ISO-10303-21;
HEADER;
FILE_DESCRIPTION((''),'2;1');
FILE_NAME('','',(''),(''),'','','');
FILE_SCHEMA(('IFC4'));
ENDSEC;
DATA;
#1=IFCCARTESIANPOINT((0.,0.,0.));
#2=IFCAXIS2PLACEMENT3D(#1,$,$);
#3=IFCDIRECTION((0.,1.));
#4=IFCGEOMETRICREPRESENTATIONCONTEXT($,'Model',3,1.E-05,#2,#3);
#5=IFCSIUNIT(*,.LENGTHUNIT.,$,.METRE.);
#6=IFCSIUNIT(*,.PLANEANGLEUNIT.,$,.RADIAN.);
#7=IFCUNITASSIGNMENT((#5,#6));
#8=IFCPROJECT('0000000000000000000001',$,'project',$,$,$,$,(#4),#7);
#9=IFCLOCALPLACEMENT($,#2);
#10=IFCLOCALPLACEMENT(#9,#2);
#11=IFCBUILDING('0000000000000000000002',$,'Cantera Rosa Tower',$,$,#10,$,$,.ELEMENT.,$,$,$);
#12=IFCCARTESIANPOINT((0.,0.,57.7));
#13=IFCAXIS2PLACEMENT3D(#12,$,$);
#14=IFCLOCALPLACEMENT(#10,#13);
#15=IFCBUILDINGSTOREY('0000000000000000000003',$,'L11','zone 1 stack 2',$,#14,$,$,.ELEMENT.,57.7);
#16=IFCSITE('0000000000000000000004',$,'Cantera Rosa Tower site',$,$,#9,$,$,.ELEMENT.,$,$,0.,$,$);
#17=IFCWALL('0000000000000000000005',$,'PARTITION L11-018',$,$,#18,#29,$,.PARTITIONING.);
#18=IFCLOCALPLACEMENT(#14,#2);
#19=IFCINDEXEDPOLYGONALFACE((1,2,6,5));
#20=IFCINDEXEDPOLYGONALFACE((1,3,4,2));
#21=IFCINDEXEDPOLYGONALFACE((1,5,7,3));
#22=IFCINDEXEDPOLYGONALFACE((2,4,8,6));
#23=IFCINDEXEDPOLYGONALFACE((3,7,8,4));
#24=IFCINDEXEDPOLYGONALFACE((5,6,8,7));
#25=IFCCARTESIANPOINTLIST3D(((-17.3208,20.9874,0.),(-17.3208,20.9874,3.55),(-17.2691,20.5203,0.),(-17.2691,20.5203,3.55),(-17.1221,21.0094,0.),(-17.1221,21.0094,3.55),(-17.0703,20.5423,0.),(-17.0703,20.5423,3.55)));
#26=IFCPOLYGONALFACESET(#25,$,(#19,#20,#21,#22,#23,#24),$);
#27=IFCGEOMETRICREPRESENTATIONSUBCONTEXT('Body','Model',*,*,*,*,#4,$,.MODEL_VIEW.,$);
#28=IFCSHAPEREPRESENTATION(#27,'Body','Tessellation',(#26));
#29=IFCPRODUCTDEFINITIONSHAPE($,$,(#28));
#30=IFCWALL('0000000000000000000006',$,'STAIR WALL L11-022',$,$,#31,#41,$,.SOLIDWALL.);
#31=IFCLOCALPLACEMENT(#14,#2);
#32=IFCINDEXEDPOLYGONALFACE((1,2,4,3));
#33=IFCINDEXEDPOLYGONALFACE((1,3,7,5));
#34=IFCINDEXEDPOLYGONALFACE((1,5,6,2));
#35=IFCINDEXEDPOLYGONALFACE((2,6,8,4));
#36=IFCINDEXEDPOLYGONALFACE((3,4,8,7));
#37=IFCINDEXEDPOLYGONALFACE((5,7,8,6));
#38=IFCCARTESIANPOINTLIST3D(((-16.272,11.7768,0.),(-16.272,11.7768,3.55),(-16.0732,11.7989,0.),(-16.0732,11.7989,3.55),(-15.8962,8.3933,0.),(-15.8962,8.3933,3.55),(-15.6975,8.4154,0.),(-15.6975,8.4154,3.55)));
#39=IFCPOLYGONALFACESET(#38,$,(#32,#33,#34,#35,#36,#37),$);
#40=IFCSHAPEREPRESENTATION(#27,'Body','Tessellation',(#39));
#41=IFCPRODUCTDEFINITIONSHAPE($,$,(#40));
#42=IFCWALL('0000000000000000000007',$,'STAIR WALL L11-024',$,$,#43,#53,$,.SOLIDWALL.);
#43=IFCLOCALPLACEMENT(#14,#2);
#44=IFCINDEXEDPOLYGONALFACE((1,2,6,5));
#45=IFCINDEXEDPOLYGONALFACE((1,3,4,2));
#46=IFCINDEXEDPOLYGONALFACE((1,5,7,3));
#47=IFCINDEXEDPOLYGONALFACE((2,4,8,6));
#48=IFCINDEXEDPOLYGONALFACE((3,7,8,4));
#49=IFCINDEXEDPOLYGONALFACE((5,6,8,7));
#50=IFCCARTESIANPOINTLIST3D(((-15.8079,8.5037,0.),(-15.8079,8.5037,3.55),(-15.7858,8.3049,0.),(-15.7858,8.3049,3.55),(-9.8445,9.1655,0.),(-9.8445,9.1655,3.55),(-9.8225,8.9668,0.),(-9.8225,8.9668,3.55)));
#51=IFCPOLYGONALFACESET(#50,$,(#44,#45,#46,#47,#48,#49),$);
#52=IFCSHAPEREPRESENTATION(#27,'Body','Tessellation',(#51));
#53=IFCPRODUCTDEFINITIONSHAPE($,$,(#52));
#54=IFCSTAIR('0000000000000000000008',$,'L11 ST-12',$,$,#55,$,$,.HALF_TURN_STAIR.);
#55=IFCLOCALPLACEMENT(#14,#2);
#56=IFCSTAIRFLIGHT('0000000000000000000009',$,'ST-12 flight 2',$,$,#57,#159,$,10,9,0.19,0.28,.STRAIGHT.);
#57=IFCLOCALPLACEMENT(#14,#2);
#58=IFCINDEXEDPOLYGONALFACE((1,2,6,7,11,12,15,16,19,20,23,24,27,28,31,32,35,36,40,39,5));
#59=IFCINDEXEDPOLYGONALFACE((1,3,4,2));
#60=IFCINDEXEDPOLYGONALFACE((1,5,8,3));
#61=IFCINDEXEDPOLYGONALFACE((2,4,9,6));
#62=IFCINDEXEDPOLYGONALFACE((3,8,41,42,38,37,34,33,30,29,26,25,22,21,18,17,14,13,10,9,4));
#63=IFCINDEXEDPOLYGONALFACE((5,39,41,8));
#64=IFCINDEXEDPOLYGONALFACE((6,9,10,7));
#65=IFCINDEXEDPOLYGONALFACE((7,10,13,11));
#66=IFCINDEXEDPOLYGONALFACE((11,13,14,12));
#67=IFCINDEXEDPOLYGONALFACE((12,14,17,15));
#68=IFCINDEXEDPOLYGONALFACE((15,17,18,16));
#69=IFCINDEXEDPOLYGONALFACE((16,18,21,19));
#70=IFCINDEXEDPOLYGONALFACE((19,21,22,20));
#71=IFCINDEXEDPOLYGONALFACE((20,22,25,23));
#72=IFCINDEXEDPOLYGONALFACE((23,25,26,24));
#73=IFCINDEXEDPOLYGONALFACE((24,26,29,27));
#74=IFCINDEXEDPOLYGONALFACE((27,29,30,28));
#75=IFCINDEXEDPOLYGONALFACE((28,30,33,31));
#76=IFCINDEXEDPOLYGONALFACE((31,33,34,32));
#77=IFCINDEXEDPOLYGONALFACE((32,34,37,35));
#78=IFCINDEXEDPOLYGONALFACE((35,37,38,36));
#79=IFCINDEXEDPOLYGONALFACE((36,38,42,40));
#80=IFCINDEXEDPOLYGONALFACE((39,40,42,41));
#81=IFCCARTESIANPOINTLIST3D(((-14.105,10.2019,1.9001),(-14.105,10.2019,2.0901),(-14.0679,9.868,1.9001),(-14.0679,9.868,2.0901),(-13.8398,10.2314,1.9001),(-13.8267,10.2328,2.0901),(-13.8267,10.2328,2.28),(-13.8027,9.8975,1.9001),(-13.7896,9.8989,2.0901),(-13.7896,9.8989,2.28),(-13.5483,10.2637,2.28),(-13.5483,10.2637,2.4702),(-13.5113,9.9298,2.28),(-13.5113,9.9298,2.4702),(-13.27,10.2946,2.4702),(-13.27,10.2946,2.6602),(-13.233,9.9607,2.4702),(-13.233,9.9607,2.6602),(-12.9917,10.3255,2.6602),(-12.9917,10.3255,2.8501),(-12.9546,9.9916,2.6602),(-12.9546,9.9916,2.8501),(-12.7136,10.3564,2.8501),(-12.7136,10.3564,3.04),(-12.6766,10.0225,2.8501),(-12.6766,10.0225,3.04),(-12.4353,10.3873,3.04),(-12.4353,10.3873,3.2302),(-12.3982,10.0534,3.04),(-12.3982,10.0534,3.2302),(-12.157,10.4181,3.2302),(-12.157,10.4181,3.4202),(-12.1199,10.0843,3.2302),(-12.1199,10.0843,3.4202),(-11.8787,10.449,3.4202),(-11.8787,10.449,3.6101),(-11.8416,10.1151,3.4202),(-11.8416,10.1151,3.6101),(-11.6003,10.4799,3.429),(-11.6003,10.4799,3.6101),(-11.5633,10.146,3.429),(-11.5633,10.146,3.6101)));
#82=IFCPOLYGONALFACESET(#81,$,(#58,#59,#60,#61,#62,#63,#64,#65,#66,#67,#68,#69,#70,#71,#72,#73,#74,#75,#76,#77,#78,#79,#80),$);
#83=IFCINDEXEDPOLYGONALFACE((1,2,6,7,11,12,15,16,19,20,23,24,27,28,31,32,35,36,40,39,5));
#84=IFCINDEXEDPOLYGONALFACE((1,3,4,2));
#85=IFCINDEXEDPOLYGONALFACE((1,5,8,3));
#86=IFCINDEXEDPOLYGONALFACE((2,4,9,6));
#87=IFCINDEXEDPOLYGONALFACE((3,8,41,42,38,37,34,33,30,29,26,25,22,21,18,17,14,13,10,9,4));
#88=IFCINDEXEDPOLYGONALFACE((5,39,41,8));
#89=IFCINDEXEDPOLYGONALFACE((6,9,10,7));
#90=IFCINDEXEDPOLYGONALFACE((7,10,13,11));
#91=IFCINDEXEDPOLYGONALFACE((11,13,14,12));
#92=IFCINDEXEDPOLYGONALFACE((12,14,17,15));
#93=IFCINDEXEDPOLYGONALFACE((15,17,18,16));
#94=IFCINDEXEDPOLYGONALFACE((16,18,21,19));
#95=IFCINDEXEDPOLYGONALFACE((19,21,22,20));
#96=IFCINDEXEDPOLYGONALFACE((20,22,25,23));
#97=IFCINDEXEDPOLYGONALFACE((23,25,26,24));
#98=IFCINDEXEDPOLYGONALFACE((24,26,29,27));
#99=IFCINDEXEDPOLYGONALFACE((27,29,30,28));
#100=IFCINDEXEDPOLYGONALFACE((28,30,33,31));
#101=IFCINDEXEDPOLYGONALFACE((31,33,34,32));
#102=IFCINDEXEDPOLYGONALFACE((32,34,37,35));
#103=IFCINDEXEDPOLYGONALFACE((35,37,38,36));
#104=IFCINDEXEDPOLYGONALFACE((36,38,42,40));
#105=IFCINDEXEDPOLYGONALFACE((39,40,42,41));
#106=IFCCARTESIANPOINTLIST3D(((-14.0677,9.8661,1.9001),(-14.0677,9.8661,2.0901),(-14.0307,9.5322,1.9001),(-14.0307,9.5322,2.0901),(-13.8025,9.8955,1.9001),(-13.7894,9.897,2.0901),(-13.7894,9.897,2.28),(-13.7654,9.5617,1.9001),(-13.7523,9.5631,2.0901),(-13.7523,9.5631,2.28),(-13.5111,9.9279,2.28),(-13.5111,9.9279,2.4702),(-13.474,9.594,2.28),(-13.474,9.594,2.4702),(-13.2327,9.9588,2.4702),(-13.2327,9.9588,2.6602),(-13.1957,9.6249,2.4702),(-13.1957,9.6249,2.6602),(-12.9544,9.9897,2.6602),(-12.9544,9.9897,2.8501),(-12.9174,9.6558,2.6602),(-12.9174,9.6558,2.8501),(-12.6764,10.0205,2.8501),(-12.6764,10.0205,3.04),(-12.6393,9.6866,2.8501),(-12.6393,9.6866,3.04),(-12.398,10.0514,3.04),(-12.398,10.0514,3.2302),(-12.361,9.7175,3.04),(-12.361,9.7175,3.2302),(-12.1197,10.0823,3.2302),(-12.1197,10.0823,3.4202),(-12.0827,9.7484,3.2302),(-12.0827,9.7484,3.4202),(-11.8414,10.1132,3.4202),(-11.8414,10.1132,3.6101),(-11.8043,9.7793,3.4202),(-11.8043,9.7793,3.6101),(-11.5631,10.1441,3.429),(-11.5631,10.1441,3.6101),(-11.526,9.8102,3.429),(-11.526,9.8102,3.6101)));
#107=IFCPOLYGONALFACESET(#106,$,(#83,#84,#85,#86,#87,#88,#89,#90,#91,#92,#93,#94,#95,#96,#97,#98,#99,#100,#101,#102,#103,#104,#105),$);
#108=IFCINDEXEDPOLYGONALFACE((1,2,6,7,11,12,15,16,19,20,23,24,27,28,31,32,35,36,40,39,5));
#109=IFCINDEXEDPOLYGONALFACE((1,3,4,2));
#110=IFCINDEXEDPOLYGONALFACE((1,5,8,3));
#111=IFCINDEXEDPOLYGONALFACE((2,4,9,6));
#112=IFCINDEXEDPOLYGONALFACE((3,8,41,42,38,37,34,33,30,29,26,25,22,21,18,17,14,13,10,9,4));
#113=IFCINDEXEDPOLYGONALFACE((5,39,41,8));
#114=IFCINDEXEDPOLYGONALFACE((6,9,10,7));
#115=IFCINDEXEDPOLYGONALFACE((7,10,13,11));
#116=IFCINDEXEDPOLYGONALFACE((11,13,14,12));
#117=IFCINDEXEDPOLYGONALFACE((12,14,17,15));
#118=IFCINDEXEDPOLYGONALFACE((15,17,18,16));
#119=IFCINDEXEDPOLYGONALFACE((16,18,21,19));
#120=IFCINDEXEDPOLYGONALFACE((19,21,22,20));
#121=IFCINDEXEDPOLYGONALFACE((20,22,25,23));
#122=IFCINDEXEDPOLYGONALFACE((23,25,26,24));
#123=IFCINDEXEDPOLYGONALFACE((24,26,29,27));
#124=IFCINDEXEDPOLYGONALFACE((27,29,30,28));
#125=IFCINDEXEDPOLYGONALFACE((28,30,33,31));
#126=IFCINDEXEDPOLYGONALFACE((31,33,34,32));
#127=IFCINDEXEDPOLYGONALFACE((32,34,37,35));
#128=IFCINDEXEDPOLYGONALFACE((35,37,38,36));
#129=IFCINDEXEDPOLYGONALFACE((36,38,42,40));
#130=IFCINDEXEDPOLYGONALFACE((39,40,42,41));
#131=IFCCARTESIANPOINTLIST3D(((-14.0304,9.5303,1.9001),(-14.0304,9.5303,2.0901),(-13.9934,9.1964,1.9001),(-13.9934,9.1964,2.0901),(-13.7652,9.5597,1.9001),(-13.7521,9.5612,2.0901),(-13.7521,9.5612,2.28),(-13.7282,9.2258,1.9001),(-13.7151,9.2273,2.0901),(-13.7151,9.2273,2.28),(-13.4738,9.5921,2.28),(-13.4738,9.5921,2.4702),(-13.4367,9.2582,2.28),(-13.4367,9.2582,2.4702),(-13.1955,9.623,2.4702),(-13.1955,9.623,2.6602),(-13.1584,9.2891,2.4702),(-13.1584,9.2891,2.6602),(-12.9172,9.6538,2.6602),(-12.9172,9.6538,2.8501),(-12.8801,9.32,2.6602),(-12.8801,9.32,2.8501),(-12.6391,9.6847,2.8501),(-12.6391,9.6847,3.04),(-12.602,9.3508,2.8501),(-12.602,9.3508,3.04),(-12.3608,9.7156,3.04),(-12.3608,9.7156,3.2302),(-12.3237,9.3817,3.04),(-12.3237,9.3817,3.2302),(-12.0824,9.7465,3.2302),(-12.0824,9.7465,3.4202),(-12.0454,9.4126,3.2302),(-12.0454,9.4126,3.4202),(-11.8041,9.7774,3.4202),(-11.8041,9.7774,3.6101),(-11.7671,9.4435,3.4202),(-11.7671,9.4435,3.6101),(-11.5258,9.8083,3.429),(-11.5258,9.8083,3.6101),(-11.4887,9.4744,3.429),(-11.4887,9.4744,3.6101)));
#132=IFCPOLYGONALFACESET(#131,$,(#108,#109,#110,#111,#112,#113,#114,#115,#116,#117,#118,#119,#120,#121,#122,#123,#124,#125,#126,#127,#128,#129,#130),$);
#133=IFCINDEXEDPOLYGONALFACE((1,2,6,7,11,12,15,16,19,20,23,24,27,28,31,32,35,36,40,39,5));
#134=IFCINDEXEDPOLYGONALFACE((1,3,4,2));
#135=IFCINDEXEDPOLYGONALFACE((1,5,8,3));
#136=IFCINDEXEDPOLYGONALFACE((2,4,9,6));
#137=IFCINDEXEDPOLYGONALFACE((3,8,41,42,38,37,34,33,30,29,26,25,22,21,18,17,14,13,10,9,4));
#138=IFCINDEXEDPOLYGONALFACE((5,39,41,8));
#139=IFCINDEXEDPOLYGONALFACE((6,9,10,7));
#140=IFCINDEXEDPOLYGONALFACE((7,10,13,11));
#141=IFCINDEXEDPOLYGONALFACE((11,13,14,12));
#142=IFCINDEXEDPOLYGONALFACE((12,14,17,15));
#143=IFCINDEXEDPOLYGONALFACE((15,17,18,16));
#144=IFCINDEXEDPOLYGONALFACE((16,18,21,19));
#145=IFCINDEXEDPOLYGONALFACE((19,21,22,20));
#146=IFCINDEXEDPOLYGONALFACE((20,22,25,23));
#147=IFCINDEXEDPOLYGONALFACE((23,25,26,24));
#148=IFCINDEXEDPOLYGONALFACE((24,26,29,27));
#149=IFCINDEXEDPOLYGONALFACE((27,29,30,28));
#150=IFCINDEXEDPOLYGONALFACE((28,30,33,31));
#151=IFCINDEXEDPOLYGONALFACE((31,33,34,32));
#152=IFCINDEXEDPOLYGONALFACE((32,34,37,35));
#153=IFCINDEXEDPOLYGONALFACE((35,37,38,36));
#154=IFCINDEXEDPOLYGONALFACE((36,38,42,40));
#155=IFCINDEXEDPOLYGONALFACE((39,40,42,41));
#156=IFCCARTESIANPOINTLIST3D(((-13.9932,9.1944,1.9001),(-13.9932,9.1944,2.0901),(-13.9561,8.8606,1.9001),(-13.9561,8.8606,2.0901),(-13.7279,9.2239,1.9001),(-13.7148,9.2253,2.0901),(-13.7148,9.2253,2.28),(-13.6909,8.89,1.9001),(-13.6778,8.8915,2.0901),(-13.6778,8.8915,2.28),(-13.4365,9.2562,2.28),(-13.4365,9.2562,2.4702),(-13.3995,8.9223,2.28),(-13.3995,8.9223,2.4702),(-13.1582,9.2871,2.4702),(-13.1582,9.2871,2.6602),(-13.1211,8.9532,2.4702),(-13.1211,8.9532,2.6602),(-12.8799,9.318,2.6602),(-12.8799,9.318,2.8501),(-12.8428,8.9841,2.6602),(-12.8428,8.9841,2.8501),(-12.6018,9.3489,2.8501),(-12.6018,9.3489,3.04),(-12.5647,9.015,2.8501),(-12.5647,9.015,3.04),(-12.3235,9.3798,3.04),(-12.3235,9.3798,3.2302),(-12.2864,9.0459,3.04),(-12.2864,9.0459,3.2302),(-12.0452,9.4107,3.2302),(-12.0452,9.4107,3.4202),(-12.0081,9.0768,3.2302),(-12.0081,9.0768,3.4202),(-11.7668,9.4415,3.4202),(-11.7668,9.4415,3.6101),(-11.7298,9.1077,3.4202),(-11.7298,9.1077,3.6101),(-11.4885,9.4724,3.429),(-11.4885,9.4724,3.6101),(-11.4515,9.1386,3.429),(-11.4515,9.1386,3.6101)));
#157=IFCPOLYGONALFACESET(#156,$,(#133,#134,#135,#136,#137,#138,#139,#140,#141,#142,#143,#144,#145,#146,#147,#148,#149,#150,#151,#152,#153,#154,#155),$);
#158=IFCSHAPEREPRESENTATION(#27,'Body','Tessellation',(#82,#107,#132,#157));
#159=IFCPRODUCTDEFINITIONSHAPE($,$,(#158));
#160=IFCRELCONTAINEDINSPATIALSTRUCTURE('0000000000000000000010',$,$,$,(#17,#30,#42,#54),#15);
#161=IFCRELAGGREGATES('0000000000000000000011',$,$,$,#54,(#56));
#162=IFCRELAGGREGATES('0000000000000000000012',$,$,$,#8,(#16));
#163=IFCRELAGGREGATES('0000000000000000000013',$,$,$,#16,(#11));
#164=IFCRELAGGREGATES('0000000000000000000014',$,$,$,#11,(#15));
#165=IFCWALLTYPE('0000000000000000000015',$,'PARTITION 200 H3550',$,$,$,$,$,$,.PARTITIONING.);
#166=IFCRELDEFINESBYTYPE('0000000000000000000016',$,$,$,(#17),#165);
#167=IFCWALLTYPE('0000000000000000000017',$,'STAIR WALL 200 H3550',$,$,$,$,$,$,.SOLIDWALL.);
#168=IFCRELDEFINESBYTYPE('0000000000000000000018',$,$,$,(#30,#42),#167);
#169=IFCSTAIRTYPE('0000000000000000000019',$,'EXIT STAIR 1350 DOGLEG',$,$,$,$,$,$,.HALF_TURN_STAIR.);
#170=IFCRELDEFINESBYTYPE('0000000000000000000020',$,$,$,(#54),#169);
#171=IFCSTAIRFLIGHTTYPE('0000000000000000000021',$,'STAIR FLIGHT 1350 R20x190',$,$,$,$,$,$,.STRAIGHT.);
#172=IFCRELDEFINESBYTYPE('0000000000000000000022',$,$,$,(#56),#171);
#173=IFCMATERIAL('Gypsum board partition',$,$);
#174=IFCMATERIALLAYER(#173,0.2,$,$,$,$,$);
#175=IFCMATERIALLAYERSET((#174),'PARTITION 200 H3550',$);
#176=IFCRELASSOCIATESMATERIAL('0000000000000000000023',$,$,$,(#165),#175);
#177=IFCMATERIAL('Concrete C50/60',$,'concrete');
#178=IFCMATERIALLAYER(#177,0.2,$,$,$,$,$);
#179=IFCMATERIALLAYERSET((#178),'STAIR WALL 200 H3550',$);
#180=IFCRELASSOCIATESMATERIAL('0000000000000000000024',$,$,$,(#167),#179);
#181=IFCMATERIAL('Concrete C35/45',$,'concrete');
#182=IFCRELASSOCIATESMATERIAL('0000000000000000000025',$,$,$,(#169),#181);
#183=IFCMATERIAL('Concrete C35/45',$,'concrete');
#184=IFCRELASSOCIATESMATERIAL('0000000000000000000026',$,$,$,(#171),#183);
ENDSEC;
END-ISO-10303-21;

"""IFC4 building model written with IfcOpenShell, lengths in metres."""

from ifc_helpers import new_model, si_unit, direction, frame, frame_2d, origin, place, context, subcontext, project, spatial, polyline, rectangle, outline, extrude, material, layer, layer_set, type_object, element, aggregate, save


model = new_model("IFC4")

# Units and contexts
model_context = context("Model", 3, precision=1e-05, world=origin(), true_north=direction((0.0, 1.0)))
body_context = subcontext(model_context, "Body", "Model", "MODEL_VIEW")
ifc_project = project(units=[si_unit("LENGTHUNIT", "METRE"), si_unit("PLANEANGLEUNIT", "RADIAN")], contexts=[model_context])

# Site, building, storey
site_placement = place(None, origin())
site = spatial("IfcSite", under=ifc_project, at=site_placement, Name="Cantera Rosa Tower site", CompositionType="ELEMENT", RefElevation=0.0)
building_placement = place(site_placement, origin())
building = spatial("IfcBuilding", under=site, at=building_placement, Name="Cantera Rosa Tower", CompositionType="ELEMENT")
storey_placement = place(building_placement, frame((0.0, 0.0, 57.7)))
storey = spatial("IfcBuildingStorey", under=building, at=storey_placement, Name="L11", Description="zone 1 stack 2", CompositionType="ELEMENT", Elevation=57.7)

# Walls
ifc_material_1 = material(Name="Gypsum board partition")
ifc_layer_1 = layer(ifc_material_1, 0.2)
ifc_layer_set_1 = layer_set([ifc_layer_1], Name="PARTITION 200 H3550")
wall_type_1 = type_object("IfcWallType", Name="PARTITION 200 H3550", PredefinedType="PARTITIONING", material=ifc_layer_set_1)
wall_1_placement = place(storey_placement, frame((-17.2214, 20.9983, 0.0), z_axis=(0.0, 0.0, 1.0), x_axis=(0.110146, -0.993915, 0.0)))
element("IfcWall", 1, at=wall_1_placement, inside=storey, type_object=wall_type_1, Name="PARTITION L11-018", PredefinedType="PARTITIONING", context=body_context, shape_type="SweptSolid", body=[
    extrude(rectangle(XDim=0.47, YDim=0.2, at=frame_2d((0.2349, 0.0))), origin(), (0.0, 0.0, 1.0), 3.55),
])
ifc_material_2 = material(Name="Concrete C50/60", Category="concrete")
ifc_layer_2 = layer(ifc_material_2, 0.2)
ifc_layer_set_2 = layer_set([ifc_layer_2], Name="STAIR WALL 200 H3550")
wall_type_2 = type_object("IfcWallType", Name="STAIR WALL 200 H3550", PredefinedType="SOLIDWALL", material=ifc_layer_set_2)
wall_2_placement = place(storey_placement, frame((-16.1726, 11.7878, 0.0), z_axis=(0.0, 0.0, 1.0), x_axis=(0.110369, -0.993891, 0.0)))
element("IfcWall", 2, at=wall_2_placement, inside=storey, type_object=wall_type_2, Name="STAIR WALL L11-022", PredefinedType="SOLIDWALL", context=body_context, shape_type="SweptSolid", body=[
    extrude(rectangle(XDim=3.4043, YDim=0.2, at=frame_2d((1.7021, 0.0))), origin(), (0.0, 0.0, 1.0), 3.55),
])
wall_3_placement = place(storey_placement, frame((-15.7969, 8.4043, 0.0), z_axis=(0.0, 0.0, 1.0), x_axis=(0.993897, 0.110311, 0.0)))
element("IfcWall", 3, at=wall_3_placement, inside=storey, type_object=wall_type_2, Name="STAIR WALL L11-024", PredefinedType="SOLIDWALL", context=body_context, shape_type="SweptSolid", body=[
    extrude(rectangle(XDim=6.0, YDim=0.2, at=frame_2d((3.0, 0.0))), origin(), (0.0, 0.0, 1.0), 3.55),
])

# Stair, stair flight
ifc_material_3 = material(Name="Concrete C35/45", Category="concrete")
stair_type = type_object("IfcStairType", Name="EXIT STAIR 1350 DOGLEG", PredefinedType="HALF_TURN_STAIR", material=ifc_material_3)
stair_placement = place(storey_placement, origin())
stair = element("IfcStair", 4, at=stair_placement, inside=storey, type_object=stair_type, Name="L11 ST-12", PredefinedType="HALF_TURN_STAIR")
ifc_material_4 = material(Name="Concrete C35/45", Category="concrete")
stair_flight_type = type_object("IfcStairFlightType", Name="STAIR FLIGHT 1350 R20x190", PredefinedType="STRAIGHT", material=ifc_material_4)
stair_flight_placement = place(storey_placement, frame((-14.0305, 9.531, 1.9001), z_axis=(0.0, 0.0, 1.0), x_axis=(0.993897, 0.110313, 0.0)))
stair_flight = element("IfcStairFlight", 5, at=stair_flight_placement, type_object=stair_flight_type, Name="ST-12 flight 2", NumberOfRisers=10, NumberOfTreads=9, PredefinedType="STRAIGHT", RiserHeight=0.19, TreadLength=0.28, context=body_context, shape_type="SweptSolid", body=[
    extrude(outline(polyline([(0.0, 0.0), (0.0, 0.1899), (0.28, 0.1899), (0.28, 0.3799), (0.5601, 0.3799), (0.5601, 0.5701), (0.8401, 0.5701), (0.8401, 0.76), (1.1201, 0.76), (1.1201, 0.95), (1.3999, 0.95), (1.3999, 1.1399), (1.6799, 1.1399), (1.6799, 1.3301), (1.96, 1.3301), (1.96, 1.52), (2.24, 1.52), (2.24, 1.71), (2.52, 1.71), (2.52, 1.8999), (2.52, 1.5288), (0.2668, 0.0), (0.0, 0.0)])), frame((0.0, 0.675, 0.0), z_axis=(0.0, -1.0, 0.0), x_axis=(1.0, 0.0, 0.0)), (0.0, 0.0, 1.0), 0.3359),
    extrude(outline(polyline([(0.0, 0.0), (0.0, 0.1899), (0.28, 0.1899), (0.28, 0.3799), (0.5601, 0.3799), (0.5601, 0.5701), (0.8401, 0.5701), (0.8401, 0.76), (1.1201, 0.76), (1.1201, 0.95), (1.3999, 0.95), (1.3999, 1.1399), (1.6799, 1.1399), (1.6799, 1.3301), (1.96, 1.3301), (1.96, 1.52), (2.24, 1.52), (2.24, 1.71), (2.52, 1.71), (2.52, 1.8999), (2.52, 1.5288), (0.2668, 0.0), (0.0, 0.0)])), frame((0.0, 0.3372, 0.0), z_axis=(0.0, -1.0, 0.0), x_axis=(1.0, 0.0, 0.0)), (0.0, 0.0, 1.0), 0.3359),
    extrude(outline(polyline([(0.0, 0.0), (0.0, 0.1899), (0.28, 0.1899), (0.28, 0.3799), (0.5601, 0.3799), (0.5601, 0.5701), (0.8401, 0.5701), (0.8401, 0.76), (1.1201, 0.76), (1.1201, 0.95), (1.3999, 0.95), (1.3999, 1.1399), (1.6799, 1.1399), (1.6799, 1.3301), (1.96, 1.3301), (1.96, 1.52), (2.24, 1.52), (2.24, 1.71), (2.52, 1.71), (2.52, 1.8999), (2.52, 1.5288), (0.2668, 0.0), (0.0, 0.0)])), frame((0.0, -0.0007, 0.0), z_axis=(0.0, -1.0, 0.0), x_axis=(1.0, 0.0, 0.0)), (0.0, 0.0, 1.0), 0.3359),
    extrude(outline(polyline([(0.0, 0.0), (0.0, 0.1899), (0.28, 0.1899), (0.28, 0.3799), (0.5601, 0.3799), (0.5601, 0.5701), (0.8401, 0.5701), (0.8401, 0.76), (1.1201, 0.76), (1.1201, 0.95), (1.3999, 0.95), (1.3999, 1.1399), (1.6799, 1.1399), (1.6799, 1.3301), (1.96, 1.3301), (1.96, 1.52), (2.24, 1.52), (2.24, 1.71), (2.52, 1.71), (2.52, 1.8999), (2.52, 1.5288), (0.2668, 0.0), (0.0, 0.0)])), frame((0.0, -0.3386, 0.0), z_axis=(0.0, -1.0, 0.0), x_axis=(1.0, 0.0, 0.0)), (0.0, 0.0, 1.0), 0.3359),
])
aggregate(stair, [stair_flight])

save(model, "model.ifc")
